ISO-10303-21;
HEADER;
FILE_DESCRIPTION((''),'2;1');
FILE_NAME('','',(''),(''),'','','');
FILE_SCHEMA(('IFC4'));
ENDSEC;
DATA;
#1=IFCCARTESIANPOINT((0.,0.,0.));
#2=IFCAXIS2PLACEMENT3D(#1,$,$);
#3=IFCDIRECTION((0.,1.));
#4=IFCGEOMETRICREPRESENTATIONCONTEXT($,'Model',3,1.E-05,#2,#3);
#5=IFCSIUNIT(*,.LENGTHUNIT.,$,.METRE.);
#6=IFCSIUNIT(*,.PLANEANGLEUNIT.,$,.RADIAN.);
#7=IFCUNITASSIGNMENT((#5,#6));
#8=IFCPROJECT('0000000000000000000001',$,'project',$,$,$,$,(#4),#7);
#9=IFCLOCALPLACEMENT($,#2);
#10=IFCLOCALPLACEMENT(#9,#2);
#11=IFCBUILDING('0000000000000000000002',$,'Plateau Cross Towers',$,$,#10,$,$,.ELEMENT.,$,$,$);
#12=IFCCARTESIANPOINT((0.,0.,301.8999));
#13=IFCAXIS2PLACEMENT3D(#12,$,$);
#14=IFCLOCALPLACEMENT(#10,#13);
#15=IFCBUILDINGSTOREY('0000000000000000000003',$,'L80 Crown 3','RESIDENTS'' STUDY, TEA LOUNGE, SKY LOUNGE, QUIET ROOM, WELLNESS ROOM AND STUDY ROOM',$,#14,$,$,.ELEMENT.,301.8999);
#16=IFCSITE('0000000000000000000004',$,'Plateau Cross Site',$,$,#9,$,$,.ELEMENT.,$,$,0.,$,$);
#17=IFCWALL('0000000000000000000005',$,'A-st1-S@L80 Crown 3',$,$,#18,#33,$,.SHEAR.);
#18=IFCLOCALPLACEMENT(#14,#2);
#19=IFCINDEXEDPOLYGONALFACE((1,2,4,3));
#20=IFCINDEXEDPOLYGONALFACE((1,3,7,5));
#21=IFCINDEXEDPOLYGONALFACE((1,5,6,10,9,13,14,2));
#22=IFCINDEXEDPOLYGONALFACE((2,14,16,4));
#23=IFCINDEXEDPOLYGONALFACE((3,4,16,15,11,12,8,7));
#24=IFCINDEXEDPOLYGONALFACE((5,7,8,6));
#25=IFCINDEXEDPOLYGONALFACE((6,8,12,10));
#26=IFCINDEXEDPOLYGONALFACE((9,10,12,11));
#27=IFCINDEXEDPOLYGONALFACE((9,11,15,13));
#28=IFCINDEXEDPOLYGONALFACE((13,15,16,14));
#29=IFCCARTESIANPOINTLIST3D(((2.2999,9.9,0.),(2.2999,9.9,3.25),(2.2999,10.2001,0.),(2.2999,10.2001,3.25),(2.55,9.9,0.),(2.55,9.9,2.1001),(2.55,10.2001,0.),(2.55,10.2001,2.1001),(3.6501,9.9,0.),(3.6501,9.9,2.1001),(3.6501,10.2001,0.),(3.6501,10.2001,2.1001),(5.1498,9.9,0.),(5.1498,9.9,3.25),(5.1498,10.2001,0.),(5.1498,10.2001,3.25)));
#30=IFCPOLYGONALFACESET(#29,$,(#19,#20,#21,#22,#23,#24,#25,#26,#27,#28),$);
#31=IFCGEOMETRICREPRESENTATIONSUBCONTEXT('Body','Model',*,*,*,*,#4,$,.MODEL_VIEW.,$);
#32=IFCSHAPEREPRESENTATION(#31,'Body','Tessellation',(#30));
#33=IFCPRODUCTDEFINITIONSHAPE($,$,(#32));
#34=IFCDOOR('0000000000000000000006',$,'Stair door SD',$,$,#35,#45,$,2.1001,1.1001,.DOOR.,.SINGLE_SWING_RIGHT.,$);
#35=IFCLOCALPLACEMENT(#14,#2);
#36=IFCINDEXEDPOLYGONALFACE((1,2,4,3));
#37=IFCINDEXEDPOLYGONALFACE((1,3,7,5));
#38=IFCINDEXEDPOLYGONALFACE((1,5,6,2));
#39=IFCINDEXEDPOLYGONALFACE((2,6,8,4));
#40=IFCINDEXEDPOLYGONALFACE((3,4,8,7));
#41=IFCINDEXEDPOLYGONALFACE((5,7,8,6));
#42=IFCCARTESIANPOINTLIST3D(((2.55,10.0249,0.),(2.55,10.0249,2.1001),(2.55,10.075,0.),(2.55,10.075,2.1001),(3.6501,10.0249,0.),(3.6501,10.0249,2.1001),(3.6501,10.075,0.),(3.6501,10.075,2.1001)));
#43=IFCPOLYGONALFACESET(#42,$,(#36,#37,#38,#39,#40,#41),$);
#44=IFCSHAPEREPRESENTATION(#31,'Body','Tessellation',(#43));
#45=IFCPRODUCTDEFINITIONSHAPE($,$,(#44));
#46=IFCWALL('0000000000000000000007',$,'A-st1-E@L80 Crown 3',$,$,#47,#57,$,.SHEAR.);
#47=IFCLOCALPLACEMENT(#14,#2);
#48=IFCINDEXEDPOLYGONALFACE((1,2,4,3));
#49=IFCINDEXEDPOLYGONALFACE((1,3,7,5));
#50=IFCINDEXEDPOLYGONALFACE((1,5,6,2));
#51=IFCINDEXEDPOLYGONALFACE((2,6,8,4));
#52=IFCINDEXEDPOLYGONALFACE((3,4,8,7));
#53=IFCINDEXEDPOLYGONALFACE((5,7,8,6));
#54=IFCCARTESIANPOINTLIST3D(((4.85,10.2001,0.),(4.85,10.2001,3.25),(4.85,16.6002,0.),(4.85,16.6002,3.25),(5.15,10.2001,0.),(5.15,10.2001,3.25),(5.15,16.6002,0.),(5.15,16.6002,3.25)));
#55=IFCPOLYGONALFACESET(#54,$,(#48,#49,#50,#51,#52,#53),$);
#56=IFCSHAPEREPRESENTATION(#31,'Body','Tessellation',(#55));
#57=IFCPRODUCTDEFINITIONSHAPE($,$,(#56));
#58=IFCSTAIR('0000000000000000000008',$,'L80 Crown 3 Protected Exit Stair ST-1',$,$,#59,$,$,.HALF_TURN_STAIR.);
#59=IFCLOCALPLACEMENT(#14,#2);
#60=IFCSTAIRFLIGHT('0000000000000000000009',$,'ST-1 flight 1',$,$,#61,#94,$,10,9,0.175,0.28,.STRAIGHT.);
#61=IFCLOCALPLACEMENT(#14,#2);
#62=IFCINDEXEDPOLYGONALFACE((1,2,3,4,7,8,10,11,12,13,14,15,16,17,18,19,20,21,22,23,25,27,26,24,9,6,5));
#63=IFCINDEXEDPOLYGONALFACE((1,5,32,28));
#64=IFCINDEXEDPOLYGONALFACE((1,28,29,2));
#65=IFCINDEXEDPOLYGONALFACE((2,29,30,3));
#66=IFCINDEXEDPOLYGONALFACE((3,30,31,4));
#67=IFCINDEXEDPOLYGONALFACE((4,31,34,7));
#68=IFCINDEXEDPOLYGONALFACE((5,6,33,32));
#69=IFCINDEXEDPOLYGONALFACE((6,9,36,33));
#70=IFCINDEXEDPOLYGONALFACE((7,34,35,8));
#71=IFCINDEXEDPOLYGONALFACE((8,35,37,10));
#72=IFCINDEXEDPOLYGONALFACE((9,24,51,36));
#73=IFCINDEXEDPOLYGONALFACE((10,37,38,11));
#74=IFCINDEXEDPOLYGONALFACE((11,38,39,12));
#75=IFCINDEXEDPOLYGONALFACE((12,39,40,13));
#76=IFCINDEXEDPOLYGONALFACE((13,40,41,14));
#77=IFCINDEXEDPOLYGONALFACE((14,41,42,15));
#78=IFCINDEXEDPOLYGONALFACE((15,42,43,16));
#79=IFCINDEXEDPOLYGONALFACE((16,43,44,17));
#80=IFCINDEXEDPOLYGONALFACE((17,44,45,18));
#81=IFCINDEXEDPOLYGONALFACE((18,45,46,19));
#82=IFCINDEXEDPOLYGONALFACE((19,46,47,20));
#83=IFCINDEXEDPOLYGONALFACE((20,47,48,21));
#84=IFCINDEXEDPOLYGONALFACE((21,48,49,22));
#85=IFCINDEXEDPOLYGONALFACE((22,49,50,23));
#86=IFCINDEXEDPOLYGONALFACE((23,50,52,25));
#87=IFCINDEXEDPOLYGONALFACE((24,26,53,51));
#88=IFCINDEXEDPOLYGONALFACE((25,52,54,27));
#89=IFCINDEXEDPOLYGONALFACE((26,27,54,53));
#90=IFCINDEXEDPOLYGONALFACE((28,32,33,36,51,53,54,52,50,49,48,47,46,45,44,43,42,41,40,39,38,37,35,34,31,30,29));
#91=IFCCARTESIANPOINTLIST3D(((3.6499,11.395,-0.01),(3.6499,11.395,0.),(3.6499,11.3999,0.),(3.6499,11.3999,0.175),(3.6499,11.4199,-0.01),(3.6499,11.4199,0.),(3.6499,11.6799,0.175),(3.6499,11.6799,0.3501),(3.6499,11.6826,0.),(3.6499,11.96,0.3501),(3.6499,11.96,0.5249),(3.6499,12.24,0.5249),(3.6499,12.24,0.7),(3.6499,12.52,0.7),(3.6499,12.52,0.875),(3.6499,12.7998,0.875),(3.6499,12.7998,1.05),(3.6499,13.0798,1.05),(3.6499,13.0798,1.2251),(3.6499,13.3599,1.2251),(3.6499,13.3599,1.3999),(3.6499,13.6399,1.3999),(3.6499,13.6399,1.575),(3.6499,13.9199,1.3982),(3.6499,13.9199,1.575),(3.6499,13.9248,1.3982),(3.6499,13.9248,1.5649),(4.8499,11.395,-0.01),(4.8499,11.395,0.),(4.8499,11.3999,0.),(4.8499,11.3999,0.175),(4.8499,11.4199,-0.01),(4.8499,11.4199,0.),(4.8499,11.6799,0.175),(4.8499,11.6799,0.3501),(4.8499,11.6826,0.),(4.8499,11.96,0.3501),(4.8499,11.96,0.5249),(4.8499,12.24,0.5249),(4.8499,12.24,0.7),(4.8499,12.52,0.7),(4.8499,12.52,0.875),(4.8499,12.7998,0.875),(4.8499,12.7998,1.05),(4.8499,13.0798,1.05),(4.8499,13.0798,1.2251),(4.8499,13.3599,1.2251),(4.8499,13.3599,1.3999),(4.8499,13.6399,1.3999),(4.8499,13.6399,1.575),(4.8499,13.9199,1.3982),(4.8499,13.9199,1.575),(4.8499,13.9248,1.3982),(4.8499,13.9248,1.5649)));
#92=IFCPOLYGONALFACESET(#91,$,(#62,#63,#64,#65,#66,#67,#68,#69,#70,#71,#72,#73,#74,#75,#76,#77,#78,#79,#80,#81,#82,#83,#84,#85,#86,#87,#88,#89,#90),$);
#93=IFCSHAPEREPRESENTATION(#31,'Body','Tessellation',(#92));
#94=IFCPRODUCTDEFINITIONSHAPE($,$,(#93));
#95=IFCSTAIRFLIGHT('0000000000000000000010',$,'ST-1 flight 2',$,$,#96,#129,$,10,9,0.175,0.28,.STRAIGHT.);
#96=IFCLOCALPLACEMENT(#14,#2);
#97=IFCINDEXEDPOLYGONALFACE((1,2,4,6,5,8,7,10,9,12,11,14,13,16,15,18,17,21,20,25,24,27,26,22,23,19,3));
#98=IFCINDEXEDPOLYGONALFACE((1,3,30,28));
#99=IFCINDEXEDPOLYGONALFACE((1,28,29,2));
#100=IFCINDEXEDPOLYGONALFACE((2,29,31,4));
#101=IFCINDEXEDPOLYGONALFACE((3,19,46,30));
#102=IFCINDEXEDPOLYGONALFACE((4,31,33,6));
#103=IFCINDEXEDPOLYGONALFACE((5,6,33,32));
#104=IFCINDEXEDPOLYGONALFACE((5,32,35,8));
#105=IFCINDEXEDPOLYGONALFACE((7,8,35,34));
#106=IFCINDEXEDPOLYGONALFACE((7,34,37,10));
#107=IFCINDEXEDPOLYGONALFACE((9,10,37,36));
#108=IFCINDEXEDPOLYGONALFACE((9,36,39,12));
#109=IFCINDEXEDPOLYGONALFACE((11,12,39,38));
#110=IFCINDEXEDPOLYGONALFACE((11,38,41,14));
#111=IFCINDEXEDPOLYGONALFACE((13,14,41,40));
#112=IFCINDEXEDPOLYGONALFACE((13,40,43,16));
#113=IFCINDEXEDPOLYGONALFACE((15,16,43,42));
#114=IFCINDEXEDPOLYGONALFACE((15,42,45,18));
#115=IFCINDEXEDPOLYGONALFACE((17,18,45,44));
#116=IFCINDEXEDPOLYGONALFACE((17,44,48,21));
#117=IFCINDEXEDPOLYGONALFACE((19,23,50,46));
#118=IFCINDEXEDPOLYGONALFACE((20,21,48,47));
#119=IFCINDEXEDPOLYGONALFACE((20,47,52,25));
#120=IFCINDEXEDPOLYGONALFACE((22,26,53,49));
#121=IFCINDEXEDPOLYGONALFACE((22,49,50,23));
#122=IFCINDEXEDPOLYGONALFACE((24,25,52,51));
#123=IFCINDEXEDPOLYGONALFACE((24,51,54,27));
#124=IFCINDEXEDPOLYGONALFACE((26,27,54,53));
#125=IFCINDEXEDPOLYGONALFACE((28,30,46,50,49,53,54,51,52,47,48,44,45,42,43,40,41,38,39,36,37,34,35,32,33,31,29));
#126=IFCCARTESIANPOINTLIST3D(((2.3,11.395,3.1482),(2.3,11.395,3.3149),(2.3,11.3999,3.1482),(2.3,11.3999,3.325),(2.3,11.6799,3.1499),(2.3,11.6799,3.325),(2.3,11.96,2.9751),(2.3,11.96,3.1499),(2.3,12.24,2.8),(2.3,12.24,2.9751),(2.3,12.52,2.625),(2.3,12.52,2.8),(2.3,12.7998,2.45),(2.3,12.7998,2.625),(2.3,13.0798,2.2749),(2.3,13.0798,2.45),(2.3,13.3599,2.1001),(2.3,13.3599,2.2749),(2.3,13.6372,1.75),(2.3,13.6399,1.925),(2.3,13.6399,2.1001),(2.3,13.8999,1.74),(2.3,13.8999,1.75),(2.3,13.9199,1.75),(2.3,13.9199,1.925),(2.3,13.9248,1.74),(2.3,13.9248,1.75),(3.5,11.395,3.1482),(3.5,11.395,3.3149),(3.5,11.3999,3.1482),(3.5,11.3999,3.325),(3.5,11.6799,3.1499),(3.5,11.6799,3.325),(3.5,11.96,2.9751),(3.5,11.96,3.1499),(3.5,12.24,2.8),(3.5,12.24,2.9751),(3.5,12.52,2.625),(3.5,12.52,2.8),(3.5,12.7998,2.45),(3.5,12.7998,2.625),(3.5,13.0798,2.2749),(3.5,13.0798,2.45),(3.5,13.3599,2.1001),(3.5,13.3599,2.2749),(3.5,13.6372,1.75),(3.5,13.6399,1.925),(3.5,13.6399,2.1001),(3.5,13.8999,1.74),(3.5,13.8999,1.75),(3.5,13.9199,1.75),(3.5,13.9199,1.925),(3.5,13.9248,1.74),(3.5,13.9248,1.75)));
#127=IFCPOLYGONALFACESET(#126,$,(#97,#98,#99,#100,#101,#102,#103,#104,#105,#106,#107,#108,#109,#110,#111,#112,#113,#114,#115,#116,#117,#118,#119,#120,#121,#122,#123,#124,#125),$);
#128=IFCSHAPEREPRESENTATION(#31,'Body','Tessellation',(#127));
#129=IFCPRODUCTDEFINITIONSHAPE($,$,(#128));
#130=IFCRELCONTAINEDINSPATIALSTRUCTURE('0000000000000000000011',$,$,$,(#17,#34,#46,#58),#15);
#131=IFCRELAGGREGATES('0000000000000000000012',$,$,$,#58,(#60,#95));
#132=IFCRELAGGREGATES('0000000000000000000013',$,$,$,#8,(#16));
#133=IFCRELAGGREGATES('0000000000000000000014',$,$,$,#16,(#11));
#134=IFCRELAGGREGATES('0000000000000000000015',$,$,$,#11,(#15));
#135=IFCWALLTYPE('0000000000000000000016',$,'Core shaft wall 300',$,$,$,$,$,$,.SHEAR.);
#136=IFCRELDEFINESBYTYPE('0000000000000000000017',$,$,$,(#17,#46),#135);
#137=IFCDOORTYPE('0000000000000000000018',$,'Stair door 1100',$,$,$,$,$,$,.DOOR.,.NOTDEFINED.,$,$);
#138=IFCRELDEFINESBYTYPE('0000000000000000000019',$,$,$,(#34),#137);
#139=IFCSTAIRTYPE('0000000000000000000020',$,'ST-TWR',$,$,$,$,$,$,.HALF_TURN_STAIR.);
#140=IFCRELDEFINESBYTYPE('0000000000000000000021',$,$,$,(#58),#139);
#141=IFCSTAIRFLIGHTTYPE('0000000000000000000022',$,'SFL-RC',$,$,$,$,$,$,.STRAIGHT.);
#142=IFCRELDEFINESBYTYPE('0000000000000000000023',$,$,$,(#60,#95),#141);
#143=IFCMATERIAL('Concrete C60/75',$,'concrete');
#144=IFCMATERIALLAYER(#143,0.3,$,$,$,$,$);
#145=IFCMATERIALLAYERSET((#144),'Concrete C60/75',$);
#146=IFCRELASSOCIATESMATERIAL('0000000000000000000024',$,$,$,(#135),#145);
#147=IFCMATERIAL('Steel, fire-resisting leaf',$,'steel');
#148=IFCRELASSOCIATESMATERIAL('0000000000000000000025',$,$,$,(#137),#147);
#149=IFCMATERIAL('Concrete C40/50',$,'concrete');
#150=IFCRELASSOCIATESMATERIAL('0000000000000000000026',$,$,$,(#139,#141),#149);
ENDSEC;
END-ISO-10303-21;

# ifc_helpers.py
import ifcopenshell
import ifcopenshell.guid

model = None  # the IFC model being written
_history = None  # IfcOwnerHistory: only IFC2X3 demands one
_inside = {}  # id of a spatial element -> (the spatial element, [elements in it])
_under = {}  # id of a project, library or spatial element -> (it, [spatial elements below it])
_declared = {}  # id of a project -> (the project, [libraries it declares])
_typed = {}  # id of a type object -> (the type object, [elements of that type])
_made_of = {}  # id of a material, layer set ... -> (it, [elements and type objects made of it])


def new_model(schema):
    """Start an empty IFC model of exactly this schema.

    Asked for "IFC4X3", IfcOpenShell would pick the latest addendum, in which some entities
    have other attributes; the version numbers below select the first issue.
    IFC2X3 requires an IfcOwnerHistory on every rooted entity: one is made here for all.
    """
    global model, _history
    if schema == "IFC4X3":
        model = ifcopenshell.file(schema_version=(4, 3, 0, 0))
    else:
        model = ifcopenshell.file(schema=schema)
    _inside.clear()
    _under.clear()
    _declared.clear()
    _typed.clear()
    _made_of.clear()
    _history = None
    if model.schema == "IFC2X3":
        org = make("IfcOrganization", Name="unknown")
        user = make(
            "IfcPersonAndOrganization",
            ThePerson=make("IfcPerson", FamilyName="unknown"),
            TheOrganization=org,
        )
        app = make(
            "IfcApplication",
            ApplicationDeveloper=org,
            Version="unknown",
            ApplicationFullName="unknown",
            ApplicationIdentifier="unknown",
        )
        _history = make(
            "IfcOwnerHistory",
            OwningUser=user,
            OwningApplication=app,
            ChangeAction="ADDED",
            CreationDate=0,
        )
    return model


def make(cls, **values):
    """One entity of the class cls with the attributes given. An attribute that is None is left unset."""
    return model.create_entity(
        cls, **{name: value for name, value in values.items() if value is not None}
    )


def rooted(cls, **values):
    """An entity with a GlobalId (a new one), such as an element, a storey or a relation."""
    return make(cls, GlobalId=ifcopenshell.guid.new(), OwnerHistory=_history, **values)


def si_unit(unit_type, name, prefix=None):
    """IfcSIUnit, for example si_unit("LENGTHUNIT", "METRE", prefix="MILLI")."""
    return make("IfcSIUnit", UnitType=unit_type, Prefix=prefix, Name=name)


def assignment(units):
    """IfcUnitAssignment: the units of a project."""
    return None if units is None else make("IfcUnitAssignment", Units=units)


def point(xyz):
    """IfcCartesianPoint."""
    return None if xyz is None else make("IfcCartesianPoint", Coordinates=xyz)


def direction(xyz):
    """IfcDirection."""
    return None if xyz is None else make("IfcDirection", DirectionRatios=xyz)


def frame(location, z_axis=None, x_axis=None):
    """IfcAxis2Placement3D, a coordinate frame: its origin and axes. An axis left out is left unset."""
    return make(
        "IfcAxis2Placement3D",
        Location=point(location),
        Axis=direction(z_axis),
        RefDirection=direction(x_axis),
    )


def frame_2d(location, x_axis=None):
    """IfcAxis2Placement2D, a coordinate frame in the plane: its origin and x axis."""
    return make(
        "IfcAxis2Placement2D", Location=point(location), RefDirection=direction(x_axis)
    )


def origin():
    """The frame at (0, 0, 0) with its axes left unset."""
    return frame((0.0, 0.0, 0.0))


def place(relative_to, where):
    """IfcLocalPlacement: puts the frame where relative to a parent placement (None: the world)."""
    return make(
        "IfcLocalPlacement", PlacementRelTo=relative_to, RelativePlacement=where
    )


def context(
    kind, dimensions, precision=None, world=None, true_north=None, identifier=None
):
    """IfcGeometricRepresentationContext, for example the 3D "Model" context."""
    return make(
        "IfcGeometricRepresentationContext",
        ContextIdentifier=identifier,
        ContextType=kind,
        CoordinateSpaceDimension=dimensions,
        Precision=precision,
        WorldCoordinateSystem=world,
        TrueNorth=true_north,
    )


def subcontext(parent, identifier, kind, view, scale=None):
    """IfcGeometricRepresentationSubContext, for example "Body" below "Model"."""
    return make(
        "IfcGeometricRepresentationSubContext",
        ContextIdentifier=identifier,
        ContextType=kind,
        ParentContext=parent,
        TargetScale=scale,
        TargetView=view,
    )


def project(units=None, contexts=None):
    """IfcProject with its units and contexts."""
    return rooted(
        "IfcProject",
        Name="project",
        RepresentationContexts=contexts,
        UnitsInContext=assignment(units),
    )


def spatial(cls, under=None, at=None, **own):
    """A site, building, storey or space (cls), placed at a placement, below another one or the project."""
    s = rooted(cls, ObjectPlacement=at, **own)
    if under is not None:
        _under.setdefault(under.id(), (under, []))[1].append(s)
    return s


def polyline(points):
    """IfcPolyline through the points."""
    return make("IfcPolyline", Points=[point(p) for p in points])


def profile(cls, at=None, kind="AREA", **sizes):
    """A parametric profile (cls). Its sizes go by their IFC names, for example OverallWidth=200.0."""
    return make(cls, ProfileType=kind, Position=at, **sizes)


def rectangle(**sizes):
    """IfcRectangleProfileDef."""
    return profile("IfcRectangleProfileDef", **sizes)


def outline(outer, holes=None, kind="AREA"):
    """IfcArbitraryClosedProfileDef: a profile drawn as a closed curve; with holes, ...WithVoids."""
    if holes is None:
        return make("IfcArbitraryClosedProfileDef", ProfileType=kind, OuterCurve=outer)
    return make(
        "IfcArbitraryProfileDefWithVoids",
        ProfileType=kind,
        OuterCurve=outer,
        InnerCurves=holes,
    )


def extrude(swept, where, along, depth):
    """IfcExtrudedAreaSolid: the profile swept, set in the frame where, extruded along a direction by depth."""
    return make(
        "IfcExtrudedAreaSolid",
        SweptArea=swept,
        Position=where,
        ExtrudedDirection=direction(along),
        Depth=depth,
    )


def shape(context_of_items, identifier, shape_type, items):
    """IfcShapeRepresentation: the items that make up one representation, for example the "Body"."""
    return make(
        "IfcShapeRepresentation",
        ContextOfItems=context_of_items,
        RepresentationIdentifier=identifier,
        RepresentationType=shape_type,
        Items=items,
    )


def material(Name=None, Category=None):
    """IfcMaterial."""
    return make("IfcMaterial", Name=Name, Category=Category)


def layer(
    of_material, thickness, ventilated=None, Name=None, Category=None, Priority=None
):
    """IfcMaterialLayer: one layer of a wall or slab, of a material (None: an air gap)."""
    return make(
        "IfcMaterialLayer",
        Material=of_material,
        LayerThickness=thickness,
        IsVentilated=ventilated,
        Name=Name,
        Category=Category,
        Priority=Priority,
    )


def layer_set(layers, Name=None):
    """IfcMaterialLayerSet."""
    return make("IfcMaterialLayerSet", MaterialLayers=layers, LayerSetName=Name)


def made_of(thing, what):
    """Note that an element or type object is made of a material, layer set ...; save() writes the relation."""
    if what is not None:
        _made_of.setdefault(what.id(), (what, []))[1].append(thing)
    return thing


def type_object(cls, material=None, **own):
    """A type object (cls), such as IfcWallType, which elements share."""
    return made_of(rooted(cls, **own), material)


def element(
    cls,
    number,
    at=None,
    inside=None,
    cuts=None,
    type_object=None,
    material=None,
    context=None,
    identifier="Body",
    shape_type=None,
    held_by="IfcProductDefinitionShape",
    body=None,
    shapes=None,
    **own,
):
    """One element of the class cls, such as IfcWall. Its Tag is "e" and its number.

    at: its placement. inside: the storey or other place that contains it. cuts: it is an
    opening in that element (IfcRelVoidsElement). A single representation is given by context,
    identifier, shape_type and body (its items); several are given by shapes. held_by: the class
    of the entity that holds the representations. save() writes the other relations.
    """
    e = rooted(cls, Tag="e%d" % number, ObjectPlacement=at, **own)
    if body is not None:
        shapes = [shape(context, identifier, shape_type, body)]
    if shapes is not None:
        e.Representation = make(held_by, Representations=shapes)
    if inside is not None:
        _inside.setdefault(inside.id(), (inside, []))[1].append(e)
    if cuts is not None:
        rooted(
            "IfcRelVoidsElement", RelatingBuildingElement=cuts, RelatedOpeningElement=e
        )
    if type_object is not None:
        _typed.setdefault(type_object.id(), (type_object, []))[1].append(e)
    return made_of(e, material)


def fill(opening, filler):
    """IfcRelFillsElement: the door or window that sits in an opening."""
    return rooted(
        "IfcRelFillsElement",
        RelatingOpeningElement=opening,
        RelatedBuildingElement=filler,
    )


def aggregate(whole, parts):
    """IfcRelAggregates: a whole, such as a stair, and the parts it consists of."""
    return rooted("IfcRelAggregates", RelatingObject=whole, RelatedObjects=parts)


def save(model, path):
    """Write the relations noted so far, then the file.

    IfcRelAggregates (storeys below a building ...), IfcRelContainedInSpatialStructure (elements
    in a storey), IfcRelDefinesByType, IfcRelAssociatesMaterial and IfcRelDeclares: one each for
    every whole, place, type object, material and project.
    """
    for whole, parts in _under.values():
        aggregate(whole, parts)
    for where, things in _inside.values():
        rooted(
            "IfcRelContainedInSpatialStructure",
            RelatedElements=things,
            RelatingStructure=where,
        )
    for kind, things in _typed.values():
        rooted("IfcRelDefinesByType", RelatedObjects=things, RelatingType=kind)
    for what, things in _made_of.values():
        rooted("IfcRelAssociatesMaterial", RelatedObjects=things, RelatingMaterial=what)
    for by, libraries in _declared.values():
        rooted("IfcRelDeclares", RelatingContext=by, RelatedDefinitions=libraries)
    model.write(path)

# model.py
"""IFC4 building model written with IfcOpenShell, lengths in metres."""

from ifc_helpers import new_model, si_unit, direction, frame, frame_2d, origin, place, context, subcontext, project, spatial, polyline, rectangle, outline, extrude, material, layer, layer_set, type_object, element, fill, aggregate, save


model = new_model("IFC4")

# Units and contexts
model_context = context("Model", 3, precision=1e-05, world=origin(), true_north=direction((0.0, 1.0)))
body_context = subcontext(model_context, "Body", "Model", "MODEL_VIEW")
ifc_project = project(units=[si_unit("LENGTHUNIT", "METRE"), si_unit("PLANEANGLEUNIT", "RADIAN")], contexts=[model_context])

# Site, building, storey
site_placement = place(None, origin())
site = spatial("IfcSite", under=ifc_project, at=site_placement, Name="Plateau Cross Site", CompositionType="ELEMENT", RefElevation=0.0)
building_placement = place(site_placement, origin())
building = spatial("IfcBuilding", under=site, at=building_placement, Name="Plateau Cross Towers", CompositionType="ELEMENT")
storey_placement = place(building_placement, frame((0.0, 0.0, 301.8999)))
storey = spatial("IfcBuildingStorey", under=building, at=storey_placement, Name="L80 Crown 3", Description="RESIDENTS' STUDY, TEA LOUNGE, SKY LOUNGE, QUIET ROOM, WELLNESS ROOM AND STUDY ROOM", CompositionType="ELEMENT", Elevation=301.8999)

# Wall, opening, door
ifc_material_1 = material(Name="Concrete C60/75", Category="concrete")
ifc_layer_1 = layer(ifc_material_1, 0.3)
ifc_layer_set_1 = layer_set([ifc_layer_1], Name="Concrete C60/75")
wall_type_1 = type_object("IfcWallType", Name="Core shaft wall 300", PredefinedType="SHEAR", material=ifc_layer_set_1)
wall_1_placement = place(storey_placement, frame((2.3, 10.05, 0.0), z_axis=(0.0, 0.0, 1.0), x_axis=(1.0, 0.0, 0.0)))
wall_1 = element("IfcWall", 1, at=wall_1_placement, inside=storey, type_object=wall_type_1, Name="A-st1-S@L80 Crown 3", PredefinedType="SHEAR", context=body_context, shape_type="SweptSolid", body=[
    extrude(rectangle(XDim=2.8499, YDim=0.3, at=frame_2d((1.4248, 0.0))), origin(), (0.0, 0.0, 1.0), 3.25),
])
opening_1_placement = place(wall_1_placement, frame((0.25, 0.0, 0.0)))
opening_1 = element("IfcOpeningElement", 2, at=opening_1_placement, cuts=wall_1, PredefinedType="OPENING", context=body_context, shape_type="SweptSolid", body=[
    extrude(rectangle(XDim=1.1001, YDim=2.1001, at=frame_2d((0.55, 1.05))), frame((0.0, 0.1599, 0.0), z_axis=(0.0, -1.0, 0.0), x_axis=(1.0, 0.0, 0.0)), (0.0, 0.0, 1.0), 0.3201),
])
ifc_material_2 = material(Name="Steel, fire-resisting leaf", Category="steel")
door_type_1 = type_object("IfcDoorType", Name="Stair door 1100", OperationType="NOTDEFINED", PredefinedType="DOOR", material=ifc_material_2)
door_1_placement = place(opening_1_placement, origin())
door_1 = element("IfcDoor", 3, at=door_1_placement, inside=storey, type_object=door_type_1, Name="Stair door SD", OperationType="SINGLE_SWING_RIGHT", OverallHeight=2.1001, OverallWidth=1.1001, PredefinedType="DOOR", context=body_context, shape_type="SweptSolid", body=[
    extrude(rectangle(XDim=1.1001, YDim=2.1001, at=frame_2d((0.55, 1.05))), frame((0.0, 0.0249, 0.0), z_axis=(0.0, -1.0, 0.0), x_axis=(1.0, 0.0, 0.0)), (0.0, 0.0, 1.0), 0.05),
])
fill(opening_1, door_1)

# Wall
wall_2_placement = place(storey_placement, frame((5.0, 10.2, 0.0), z_axis=(0.0, 0.0, 1.0), x_axis=(0.0, 1.0, 0.0)))
element("IfcWall", 4, at=wall_2_placement, inside=storey, type_object=wall_type_1, Name="A-st1-E@L80 Crown 3", PredefinedType="SHEAR", context=body_context, shape_type="SweptSolid", body=[
    extrude(rectangle(XDim=6.4001, YDim=0.3, at=frame_2d((3.2002, 0.0))), origin(), (0.0, 0.0, 1.0), 3.25),
])

# Stair, stair flights
ifc_material_3 = material(Name="Concrete C40/50", Category="concrete")
stair_type = type_object("IfcStairType", Name="ST-TWR", PredefinedType="HALF_TURN_STAIR", material=ifc_material_3)
stair_placement = place(storey_placement, origin())
stair = element("IfcStair", 5, at=stair_placement, inside=storey, type_object=stair_type, Name="L80 Crown 3 Protected Exit Stair ST-1", PredefinedType="HALF_TURN_STAIR")
stair_flight_type = type_object("IfcStairFlightType", Name="SFL-RC", PredefinedType="STRAIGHT", material=ifc_material_3)
stair_flight_1_placement = place(storey_placement, frame((4.25, 11.3999, 0.0), z_axis=(0.0, 0.0, 1.0), x_axis=(0.0, 1.0, 0.0)))
stair_flight_1 = element("IfcStairFlight", 6, at=stair_flight_1_placement, type_object=stair_flight_type, Name="ST-1 flight 1", NumberOfRisers=10, NumberOfTreads=9, PredefinedType="STRAIGHT", RiserHeight=0.175, TreadLength=0.28, context=body_context, shape_type="SweptSolid", body=[
    extrude(outline(polyline([(-0.0049, -0.01), (-0.0049, 0.0), (0.0, 0.0), (0.0, 0.175), (0.28, 0.175), (0.28, 0.3501), (0.5601, 0.3501), (0.5601, 0.5249), (0.8401, 0.5249), (0.8401, 0.7), (1.1201, 0.7), (1.1201, 0.875), (1.3999, 0.875), (1.3999, 1.05), (1.6799, 1.05), (1.6799, 1.2251), (1.96, 1.2251), (1.96, 1.3999), (2.24, 1.3999), (2.24, 1.575), (2.52, 1.575), (2.5249, 1.5649), (2.5249, 1.3982), (2.52, 1.3982), (0.2827, 0.0), (0.02, 0.0), (0.02, -0.01), (-0.0049, -0.01)])), frame((0.0, 0.6001, 0.0), z_axis=(0.0, -1.0, 0.0), x_axis=(1.0, 0.0, 0.0)), (0.0, 0.0, 1.0), 1.2),
])
stair_flight_2_placement = place(storey_placement, frame((2.8999, 13.9199, 1.75), z_axis=(0.0, 0.0, 1.0), x_axis=(0.0, -1.0, 0.0)))
stair_flight_2 = element("IfcStairFlight", 7, at=stair_flight_2_placement, type_object=stair_flight_type, Name="ST-1 flight 2", NumberOfRisers=10, NumberOfTreads=9, PredefinedType="STRAIGHT", RiserHeight=0.175, TreadLength=0.28, context=body_context, shape_type="SweptSolid", body=[
    extrude(outline(polyline([(-0.0049, -0.01), (-0.0049, 0.0), (0.0, 0.0), (0.0, 0.175), (0.28, 0.175), (0.28, 0.3501), (0.5601, 0.3501), (0.5601, 0.5249), (0.8401, 0.5249), (0.8401, 0.7), (1.1201, 0.7), (1.1201, 0.875), (1.3999, 0.875), (1.3999, 1.05), (1.6799, 1.05), (1.6799, 1.2251), (1.96, 1.2251), (1.96, 1.3999), (2.24, 1.3999), (2.24, 1.575), (2.52, 1.575), (2.5249, 1.5649), (2.5249, 1.3982), (2.52, 1.3982), (0.2827, 0.0), (0.02, 0.0), (0.02, -0.01), (-0.0049, -0.01)])), frame((0.0, 0.6001, 0.0), z_axis=(0.0, -1.0, 0.0), x_axis=(1.0, 0.0, 0.0)), (0.0, 0.0, 1.0), 1.2),
])
aggregate(stair, [stair_flight_1, stair_flight_2])

save(model, "model.ifc")
